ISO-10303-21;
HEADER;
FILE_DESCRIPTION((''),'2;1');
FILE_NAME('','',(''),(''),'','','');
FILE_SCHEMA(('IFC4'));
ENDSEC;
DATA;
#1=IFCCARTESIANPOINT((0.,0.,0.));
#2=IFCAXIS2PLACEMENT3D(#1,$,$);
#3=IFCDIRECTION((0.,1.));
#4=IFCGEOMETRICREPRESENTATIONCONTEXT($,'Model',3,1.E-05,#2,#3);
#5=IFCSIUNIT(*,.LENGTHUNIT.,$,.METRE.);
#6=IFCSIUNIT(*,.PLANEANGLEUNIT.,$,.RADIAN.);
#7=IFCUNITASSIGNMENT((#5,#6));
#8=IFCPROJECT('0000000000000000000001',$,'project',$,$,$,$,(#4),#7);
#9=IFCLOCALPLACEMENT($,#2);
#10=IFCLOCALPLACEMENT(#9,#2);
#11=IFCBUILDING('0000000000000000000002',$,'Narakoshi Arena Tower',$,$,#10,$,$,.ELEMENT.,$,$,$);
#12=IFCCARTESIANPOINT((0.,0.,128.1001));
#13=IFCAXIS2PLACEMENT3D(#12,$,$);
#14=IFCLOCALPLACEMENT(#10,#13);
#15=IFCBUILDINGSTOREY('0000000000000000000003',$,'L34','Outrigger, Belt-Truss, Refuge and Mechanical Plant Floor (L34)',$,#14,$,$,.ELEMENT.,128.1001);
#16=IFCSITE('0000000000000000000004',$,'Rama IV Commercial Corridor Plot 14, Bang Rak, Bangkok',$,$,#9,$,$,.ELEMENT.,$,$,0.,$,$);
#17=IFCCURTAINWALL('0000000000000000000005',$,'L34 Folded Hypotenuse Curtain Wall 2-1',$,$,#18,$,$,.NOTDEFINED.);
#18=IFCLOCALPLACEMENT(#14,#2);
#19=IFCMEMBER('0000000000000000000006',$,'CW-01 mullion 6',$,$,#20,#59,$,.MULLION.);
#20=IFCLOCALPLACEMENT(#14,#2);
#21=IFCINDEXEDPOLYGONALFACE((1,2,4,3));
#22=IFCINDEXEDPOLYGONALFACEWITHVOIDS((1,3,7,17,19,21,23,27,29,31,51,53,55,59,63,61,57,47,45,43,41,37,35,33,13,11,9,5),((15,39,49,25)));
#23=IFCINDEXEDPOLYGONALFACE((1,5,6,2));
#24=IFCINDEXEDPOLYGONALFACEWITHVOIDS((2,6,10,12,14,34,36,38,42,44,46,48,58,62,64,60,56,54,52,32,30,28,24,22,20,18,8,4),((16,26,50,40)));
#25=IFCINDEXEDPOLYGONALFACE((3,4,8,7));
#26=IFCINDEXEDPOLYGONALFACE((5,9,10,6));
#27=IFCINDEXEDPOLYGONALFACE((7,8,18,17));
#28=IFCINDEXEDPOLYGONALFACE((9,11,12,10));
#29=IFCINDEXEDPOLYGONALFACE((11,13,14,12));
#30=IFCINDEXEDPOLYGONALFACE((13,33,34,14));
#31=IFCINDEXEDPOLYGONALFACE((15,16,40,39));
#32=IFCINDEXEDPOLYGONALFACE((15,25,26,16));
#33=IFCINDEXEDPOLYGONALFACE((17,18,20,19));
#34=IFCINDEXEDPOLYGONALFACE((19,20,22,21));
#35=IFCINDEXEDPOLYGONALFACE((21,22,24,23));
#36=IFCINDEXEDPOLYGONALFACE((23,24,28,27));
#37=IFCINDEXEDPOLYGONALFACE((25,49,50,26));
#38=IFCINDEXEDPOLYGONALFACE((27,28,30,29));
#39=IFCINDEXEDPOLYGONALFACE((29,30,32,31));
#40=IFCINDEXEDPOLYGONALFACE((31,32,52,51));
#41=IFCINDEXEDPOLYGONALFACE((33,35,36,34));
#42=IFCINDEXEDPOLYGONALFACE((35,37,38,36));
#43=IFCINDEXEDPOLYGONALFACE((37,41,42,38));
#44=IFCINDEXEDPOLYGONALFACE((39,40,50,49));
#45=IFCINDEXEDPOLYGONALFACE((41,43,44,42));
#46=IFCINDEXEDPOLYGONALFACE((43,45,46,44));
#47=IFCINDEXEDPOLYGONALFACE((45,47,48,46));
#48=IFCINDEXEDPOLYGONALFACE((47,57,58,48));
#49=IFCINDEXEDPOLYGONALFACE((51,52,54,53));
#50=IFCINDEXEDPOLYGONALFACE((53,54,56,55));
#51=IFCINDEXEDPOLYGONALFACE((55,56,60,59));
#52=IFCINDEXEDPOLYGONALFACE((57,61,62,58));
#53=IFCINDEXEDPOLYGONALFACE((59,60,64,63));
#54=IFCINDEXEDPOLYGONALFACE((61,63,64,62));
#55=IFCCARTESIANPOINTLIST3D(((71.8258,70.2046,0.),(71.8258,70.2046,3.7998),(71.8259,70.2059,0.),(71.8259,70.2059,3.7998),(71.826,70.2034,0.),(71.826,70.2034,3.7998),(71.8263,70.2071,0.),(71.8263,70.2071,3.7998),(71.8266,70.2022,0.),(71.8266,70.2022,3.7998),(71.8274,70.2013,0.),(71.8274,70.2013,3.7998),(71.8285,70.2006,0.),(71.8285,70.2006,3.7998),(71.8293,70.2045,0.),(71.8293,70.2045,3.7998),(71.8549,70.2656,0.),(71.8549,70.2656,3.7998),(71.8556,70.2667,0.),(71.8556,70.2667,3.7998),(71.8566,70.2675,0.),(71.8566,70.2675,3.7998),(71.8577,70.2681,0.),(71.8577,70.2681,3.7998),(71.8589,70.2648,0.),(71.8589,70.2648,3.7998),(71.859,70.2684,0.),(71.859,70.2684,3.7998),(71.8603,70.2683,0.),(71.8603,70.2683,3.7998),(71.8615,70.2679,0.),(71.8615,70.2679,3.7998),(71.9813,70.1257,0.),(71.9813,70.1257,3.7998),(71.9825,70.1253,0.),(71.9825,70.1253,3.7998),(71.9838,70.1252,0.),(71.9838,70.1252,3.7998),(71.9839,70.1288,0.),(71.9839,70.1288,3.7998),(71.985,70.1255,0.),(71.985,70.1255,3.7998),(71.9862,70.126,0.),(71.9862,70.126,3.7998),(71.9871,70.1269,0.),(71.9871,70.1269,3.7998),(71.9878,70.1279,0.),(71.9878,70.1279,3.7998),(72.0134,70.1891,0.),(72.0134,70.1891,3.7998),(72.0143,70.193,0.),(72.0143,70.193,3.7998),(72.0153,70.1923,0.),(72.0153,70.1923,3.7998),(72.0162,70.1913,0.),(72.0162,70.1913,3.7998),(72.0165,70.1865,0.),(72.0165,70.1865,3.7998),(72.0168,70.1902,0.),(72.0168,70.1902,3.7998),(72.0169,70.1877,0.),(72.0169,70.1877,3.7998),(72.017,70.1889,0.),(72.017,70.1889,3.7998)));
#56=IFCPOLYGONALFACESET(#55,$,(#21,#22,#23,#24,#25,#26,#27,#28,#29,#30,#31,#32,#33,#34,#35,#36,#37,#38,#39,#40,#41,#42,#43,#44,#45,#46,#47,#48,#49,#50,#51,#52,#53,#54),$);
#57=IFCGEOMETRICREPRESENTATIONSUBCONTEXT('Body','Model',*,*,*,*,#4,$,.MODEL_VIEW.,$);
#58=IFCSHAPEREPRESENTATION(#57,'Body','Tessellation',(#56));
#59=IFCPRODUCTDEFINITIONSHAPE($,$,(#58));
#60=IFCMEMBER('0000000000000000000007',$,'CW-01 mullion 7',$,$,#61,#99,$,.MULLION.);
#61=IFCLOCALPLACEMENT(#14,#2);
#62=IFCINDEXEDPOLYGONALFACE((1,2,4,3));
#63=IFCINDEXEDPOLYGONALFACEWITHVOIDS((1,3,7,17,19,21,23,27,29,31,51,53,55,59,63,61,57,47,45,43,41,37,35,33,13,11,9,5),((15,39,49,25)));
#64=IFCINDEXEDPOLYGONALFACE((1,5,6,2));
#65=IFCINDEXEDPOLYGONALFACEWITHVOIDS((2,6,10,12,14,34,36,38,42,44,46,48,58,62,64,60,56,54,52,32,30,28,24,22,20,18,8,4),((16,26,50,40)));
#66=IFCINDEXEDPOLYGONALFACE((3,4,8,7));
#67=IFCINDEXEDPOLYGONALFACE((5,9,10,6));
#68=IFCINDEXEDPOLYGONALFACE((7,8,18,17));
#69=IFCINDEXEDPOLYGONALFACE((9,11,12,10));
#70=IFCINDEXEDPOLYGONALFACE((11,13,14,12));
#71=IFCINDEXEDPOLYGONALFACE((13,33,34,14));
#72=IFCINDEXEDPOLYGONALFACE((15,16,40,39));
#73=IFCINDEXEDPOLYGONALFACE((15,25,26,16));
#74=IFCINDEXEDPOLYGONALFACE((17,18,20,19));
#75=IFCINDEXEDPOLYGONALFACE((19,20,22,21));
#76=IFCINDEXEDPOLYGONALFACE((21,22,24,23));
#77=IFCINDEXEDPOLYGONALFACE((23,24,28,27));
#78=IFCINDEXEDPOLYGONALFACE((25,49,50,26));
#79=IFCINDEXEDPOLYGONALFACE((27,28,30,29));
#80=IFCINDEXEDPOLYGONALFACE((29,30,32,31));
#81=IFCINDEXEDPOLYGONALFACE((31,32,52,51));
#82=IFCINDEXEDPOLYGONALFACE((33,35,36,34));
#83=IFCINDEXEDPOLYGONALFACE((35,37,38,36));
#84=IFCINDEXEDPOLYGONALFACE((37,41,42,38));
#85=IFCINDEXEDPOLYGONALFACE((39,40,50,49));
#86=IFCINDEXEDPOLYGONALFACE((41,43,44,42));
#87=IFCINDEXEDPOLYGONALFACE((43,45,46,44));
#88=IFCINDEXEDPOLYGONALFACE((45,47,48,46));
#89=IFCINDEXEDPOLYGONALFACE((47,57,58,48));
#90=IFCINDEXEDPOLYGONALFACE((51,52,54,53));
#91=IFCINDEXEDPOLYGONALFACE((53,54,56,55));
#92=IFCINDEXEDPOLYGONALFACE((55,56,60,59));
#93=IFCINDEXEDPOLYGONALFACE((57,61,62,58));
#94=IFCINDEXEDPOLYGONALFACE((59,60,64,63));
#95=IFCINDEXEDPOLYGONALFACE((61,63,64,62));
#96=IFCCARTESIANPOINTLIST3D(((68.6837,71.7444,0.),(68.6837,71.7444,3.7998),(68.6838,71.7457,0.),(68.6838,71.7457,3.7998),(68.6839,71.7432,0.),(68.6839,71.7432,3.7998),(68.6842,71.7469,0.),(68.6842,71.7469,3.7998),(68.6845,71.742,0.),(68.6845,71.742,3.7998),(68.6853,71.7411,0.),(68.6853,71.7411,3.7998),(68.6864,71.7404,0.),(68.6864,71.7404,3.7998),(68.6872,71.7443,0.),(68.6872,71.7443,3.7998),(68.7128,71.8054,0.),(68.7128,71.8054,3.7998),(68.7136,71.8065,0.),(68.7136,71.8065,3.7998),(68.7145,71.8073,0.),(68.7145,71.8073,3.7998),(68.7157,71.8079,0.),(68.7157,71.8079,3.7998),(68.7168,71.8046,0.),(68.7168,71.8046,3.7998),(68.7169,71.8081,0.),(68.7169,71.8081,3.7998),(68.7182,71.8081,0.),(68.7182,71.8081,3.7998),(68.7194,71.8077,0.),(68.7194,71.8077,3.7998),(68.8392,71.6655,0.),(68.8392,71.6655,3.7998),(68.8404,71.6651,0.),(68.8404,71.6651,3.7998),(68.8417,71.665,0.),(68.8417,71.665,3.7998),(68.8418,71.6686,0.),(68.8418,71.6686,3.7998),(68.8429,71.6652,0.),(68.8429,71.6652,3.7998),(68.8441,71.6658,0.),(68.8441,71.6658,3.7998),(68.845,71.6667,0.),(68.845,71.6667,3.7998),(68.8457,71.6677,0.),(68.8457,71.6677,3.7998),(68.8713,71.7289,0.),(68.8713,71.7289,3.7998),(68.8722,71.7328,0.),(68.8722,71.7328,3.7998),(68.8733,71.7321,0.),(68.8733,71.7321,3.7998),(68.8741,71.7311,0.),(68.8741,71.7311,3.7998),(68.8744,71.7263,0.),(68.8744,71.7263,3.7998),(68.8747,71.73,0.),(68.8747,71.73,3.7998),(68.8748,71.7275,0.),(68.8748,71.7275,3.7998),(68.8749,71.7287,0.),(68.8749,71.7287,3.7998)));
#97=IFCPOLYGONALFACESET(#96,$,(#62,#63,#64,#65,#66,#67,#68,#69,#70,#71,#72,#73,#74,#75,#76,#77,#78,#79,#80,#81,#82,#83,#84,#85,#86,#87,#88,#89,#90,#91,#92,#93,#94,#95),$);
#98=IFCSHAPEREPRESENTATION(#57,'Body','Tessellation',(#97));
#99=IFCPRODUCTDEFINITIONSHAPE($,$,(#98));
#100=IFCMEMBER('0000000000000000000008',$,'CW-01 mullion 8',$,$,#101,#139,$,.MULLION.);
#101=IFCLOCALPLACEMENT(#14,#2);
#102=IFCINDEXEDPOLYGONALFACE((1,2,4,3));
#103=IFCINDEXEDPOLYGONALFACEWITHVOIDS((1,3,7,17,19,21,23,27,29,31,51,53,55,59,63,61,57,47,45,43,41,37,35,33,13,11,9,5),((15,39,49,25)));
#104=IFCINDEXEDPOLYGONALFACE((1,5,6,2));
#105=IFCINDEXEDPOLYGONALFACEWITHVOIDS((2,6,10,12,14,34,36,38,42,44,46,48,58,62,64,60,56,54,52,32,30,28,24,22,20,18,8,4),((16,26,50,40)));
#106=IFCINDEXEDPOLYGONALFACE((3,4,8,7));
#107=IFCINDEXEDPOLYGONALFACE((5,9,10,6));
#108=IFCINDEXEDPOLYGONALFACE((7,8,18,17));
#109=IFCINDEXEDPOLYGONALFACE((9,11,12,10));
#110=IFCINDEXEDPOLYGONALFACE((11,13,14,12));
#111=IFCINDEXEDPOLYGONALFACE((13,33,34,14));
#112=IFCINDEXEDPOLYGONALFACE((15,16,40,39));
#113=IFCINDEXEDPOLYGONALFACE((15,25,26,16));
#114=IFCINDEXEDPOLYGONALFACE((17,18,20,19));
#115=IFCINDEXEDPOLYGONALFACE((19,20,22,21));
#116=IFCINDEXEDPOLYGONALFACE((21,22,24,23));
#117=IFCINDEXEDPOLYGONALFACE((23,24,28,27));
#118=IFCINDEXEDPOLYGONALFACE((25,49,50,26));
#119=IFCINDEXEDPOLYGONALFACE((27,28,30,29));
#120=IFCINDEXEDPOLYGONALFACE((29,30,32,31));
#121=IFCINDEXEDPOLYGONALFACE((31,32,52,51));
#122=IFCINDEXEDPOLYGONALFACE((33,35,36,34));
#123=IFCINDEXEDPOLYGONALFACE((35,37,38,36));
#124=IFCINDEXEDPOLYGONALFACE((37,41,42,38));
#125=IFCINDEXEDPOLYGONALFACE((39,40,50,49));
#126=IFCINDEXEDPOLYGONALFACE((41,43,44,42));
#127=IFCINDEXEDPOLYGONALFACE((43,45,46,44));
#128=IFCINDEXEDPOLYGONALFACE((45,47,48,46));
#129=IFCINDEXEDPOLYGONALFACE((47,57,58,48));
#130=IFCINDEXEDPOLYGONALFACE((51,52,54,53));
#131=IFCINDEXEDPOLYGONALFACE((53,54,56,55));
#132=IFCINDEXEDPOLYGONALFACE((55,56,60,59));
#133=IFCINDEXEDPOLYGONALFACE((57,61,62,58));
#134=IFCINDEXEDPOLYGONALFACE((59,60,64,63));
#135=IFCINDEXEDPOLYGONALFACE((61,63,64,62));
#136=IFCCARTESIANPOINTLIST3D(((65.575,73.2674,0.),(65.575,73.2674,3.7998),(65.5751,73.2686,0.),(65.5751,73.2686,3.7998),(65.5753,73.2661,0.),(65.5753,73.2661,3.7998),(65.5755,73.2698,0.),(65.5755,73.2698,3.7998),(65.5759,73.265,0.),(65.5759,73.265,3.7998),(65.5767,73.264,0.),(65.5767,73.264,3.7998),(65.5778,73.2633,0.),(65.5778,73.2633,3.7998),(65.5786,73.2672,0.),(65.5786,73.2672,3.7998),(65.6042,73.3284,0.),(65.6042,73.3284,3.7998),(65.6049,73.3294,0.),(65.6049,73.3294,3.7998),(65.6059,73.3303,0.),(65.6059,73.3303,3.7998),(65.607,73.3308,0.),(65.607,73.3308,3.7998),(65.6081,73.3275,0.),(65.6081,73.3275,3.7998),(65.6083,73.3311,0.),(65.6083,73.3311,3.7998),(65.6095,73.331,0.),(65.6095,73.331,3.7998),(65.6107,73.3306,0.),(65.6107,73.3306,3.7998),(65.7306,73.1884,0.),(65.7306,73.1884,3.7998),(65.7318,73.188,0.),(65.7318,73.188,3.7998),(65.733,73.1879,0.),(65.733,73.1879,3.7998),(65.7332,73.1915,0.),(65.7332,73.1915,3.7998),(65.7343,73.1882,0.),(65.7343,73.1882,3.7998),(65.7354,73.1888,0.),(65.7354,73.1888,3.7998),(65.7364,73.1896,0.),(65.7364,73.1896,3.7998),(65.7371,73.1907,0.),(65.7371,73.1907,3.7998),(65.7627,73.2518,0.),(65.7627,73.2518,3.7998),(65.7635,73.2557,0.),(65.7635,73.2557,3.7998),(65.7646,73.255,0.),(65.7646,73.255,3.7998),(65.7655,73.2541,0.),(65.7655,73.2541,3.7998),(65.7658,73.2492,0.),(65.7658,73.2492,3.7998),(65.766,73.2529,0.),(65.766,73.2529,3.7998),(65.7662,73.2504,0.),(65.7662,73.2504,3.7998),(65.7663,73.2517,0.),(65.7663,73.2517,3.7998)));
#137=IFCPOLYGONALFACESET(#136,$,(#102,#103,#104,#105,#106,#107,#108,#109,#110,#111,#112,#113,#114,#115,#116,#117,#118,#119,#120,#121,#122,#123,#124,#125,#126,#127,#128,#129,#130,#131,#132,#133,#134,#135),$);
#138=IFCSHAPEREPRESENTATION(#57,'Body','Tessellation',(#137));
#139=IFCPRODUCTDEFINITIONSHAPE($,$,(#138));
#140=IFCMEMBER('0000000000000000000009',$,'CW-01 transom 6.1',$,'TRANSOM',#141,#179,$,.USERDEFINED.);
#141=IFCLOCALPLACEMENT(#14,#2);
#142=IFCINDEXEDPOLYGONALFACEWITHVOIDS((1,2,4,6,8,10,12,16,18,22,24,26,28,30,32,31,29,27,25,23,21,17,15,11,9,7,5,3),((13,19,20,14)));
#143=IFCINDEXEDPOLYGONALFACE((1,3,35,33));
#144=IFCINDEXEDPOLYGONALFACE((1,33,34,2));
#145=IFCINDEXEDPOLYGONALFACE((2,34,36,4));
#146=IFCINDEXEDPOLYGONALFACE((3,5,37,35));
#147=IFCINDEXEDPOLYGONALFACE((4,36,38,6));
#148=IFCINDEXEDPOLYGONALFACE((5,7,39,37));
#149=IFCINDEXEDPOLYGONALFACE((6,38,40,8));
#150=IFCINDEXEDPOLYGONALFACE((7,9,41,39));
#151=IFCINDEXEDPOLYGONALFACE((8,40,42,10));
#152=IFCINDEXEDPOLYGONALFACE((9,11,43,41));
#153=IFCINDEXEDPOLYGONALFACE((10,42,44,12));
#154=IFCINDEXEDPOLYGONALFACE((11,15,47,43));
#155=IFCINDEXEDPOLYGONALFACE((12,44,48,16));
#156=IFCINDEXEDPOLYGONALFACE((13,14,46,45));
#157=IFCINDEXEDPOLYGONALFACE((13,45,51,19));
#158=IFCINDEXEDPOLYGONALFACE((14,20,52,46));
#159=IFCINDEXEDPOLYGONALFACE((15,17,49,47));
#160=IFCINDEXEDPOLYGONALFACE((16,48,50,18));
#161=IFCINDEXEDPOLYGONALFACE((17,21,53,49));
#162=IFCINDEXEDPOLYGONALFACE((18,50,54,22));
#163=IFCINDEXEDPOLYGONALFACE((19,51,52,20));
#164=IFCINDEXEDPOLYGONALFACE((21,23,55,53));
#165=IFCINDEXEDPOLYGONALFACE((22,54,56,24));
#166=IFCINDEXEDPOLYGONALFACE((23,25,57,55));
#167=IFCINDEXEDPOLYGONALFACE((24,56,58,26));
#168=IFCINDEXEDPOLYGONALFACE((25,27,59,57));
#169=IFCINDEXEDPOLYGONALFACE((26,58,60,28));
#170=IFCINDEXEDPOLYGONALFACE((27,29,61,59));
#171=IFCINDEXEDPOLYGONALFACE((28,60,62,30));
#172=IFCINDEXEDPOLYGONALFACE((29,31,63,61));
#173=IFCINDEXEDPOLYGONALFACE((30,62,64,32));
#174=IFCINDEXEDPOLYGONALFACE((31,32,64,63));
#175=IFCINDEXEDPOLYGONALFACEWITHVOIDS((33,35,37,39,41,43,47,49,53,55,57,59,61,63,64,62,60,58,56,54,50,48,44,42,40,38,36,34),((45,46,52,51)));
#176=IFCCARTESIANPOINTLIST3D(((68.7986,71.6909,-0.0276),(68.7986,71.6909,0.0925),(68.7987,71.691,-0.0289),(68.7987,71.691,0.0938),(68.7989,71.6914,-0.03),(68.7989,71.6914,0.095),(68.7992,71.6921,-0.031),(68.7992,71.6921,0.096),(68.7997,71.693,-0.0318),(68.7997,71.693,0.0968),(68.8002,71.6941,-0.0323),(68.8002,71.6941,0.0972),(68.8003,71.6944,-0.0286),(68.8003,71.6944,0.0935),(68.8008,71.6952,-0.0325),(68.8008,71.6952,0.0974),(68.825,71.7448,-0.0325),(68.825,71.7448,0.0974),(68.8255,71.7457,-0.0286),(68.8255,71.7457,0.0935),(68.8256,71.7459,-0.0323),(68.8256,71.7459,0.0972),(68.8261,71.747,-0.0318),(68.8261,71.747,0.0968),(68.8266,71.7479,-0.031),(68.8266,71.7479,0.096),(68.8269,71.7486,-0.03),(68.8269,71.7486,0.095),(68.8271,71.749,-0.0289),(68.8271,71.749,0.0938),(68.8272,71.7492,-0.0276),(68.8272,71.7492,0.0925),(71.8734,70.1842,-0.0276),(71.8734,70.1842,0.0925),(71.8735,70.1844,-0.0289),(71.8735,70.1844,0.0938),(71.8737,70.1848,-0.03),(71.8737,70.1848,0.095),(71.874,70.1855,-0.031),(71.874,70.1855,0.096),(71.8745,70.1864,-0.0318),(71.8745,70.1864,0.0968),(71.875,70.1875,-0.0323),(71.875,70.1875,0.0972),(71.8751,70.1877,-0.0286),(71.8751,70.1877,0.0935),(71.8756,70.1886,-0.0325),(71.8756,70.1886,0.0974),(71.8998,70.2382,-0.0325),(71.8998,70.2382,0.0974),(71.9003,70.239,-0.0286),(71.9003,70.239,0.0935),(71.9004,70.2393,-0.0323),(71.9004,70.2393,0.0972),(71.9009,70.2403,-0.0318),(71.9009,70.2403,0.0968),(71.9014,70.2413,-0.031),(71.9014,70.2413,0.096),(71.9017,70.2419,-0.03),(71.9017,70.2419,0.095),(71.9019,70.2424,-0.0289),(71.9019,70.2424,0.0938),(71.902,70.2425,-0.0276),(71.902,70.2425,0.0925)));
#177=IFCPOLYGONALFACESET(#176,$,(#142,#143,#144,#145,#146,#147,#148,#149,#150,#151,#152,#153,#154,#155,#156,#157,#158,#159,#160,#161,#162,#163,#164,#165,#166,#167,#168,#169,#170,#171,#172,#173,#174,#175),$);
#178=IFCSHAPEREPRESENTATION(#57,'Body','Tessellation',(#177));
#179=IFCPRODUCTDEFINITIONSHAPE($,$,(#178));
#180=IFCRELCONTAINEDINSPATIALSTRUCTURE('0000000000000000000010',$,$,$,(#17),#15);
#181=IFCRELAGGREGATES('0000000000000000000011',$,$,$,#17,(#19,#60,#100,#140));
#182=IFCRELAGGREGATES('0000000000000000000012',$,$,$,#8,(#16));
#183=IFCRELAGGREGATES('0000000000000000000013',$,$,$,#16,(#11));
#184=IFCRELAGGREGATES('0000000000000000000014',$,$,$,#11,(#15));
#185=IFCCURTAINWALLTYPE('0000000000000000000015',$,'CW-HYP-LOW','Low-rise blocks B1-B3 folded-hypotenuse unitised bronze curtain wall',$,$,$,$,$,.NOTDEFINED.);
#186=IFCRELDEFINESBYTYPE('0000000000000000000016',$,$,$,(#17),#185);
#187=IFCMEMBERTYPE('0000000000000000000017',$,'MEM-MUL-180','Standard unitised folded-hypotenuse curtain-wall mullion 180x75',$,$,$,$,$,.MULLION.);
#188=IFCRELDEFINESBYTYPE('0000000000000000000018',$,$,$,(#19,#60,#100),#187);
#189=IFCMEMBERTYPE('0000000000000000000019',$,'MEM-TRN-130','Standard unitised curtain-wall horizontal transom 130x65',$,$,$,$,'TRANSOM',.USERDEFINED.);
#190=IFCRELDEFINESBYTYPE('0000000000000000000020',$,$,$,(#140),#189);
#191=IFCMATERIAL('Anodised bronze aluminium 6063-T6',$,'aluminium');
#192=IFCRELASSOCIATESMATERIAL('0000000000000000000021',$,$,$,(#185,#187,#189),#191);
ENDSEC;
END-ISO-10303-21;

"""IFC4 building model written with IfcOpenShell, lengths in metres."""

from ifc_helpers import new_model, si_unit, direction, frame, origin, origin_2d, place, context, subcontext, project, spatial, hollow_rectangle, extrude, material, material_profile, profile_set, type_object, element, aggregate, save


model = new_model("IFC4")

# Units and contexts
model_context = context("Model", 3, precision=1e-05, world=origin(), true_north=direction((0.0, 1.0)))
body_context = subcontext(model_context, "Body", "Model", "MODEL_VIEW")
ifc_project = project(units=[si_unit("LENGTHUNIT", "METRE"), si_unit("PLANEANGLEUNIT", "RADIAN")], contexts=[model_context])

# Site, building, storey
site_placement = place(None, origin())
site = spatial("IfcSite", under=ifc_project, at=site_placement, Name="Rama IV Commercial Corridor Plot 14, Bang Rak, Bangkok", CompositionType="ELEMENT", RefElevation=0.0)
building_placement = place(site_placement, origin())
building = spatial("IfcBuilding", under=site, at=building_placement, Name="Narakoshi Arena Tower", CompositionType="ELEMENT")
storey_placement = place(building_placement, frame((0.0, 0.0, 128.1001)))
storey = spatial("IfcBuildingStorey", under=building, at=storey_placement, Name="L34", Description="Outrigger, Belt-Truss, Refuge and Mechanical Plant Floor (L34)", CompositionType="ELEMENT", Elevation=128.1001)

# Curtain wall, members
ifc_material_1 = material(Name="Anodised bronze aluminium 6063-T6", Category="aluminium")
curtain_wall_type = type_object("IfcCurtainWallType", Name="CW-HYP-LOW", Description="Low-rise blocks B1-B3 folded-hypotenuse unitised bronze curtain wall", PredefinedType="NOTDEFINED", material=ifc_material_1)
curtain_wall_placement = place(storey_placement, origin())
curtain_wall = element("IfcCurtainWall", 1, at=curtain_wall_placement, inside=storey, type_object=curtain_wall_type, Name="L34 Folded Hypotenuse Curtain Wall 2-1", PredefinedType="NOTDEFINED")
ifc_material_profile_1 = material_profile(ifc_material_1, hollow_rectangle(XDim=0.075, YDim=0.1799, WallThickness=0.0039, OuterFilletRadius=0.0049, at=origin_2d()), Name="MUL180x75x4")
ifc_profile_set_1 = profile_set([ifc_material_profile_1], Name="Anodised bronze aluminium 6063-T6")
member_type_1 = type_object("IfcMemberType", Name="MEM-MUL-180", Description="Standard unitised folded-hypotenuse curtain-wall mullion 180x75", PredefinedType="MULLION", material=ifc_profile_set_1)
member_1_placement = place(storey_placement, frame((71.9214, 70.1968, 0.0), z_axis=(0.0, 0.0, 1.0), x_axis=(-0.440004, -0.897996, 0.0)))
member_1 = element("IfcMember", 2, at=member_1_placement, type_object=member_type_1, Name="CW-01 mullion 6", PredefinedType="MULLION", context=body_context, shape_type="SweptSolid", body=[
    extrude(hollow_rectangle(XDim=0.075, YDim=0.1799, WallThickness=0.0039, OuterFilletRadius=0.0049, at=origin_2d()), origin(), (0.0, 0.0, 1.0), 3.7998),
])
member_2_placement = place(storey_placement, frame((68.7793, 71.7366, 0.0), z_axis=(0.0, 0.0, 1.0), x_axis=(-0.440004, -0.897996, 0.0)))
member_2 = element("IfcMember", 3, at=member_2_placement, type_object=member_type_1, Name="CW-01 mullion 7", PredefinedType="MULLION", context=body_context, shape_type="SweptSolid", body=[
    extrude(hollow_rectangle(XDim=0.075, YDim=0.1799, WallThickness=0.0039, OuterFilletRadius=0.0049, at=origin_2d()), origin(), (0.0, 0.0, 1.0), 3.7998),
])
member_3_placement = place(storey_placement, frame((65.6707, 73.2595, 0.0), z_axis=(0.0, 0.0, 1.0), x_axis=(-0.440004, -0.897996, 0.0)))
member_3 = element("IfcMember", 4, at=member_3_placement, type_object=member_type_1, Name="CW-01 mullion 8", PredefinedType="MULLION", context=body_context, shape_type="SweptSolid", body=[
    extrude(hollow_rectangle(XDim=0.075, YDim=0.1799, WallThickness=0.0039, OuterFilletRadius=0.0049, at=origin_2d()), origin(), (0.0, 0.0, 1.0), 3.7998),
])
ifc_material_profile_2 = material_profile(ifc_material_1, hollow_rectangle(XDim=0.0649, YDim=0.1299, WallThickness=0.0039, OuterFilletRadius=0.0049, at=origin_2d()), Name="TRN130x65x4")
ifc_profile_set_2 = profile_set([ifc_material_profile_2], Name="Anodised bronze aluminium 6063-T6")
member_type_2 = type_object("IfcMemberType", Name="MEM-TRN-130", Description="Standard unitised curtain-wall horizontal transom 130x65", ElementType="TRANSOM", PredefinedType="USERDEFINED", material=ifc_profile_set_2)
member_4_placement = place(storey_placement, frame((71.8877, 70.2134, 0.0325), z_axis=(-0.897992, 0.440012, 0.0), x_axis=(-0.440012, -0.897992, 0.0)))
member_4 = element("IfcMember", 5, at=member_4_placement, type_object=member_type_2, Name="CW-01 transom 6.1", ObjectType="TRANSOM", PredefinedType="USERDEFINED", context=body_context, shape_type="SweptSolid", body=[
    extrude(hollow_rectangle(XDim=0.0649, YDim=0.1299, WallThickness=0.0039, OuterFilletRadius=0.0049, at=origin_2d()), origin(), (0.0, 0.0, 1.0), 3.4241),
])
aggregate(curtain_wall, [member_1, member_2, member_3, member_4])

save(model, "model.ifc")
